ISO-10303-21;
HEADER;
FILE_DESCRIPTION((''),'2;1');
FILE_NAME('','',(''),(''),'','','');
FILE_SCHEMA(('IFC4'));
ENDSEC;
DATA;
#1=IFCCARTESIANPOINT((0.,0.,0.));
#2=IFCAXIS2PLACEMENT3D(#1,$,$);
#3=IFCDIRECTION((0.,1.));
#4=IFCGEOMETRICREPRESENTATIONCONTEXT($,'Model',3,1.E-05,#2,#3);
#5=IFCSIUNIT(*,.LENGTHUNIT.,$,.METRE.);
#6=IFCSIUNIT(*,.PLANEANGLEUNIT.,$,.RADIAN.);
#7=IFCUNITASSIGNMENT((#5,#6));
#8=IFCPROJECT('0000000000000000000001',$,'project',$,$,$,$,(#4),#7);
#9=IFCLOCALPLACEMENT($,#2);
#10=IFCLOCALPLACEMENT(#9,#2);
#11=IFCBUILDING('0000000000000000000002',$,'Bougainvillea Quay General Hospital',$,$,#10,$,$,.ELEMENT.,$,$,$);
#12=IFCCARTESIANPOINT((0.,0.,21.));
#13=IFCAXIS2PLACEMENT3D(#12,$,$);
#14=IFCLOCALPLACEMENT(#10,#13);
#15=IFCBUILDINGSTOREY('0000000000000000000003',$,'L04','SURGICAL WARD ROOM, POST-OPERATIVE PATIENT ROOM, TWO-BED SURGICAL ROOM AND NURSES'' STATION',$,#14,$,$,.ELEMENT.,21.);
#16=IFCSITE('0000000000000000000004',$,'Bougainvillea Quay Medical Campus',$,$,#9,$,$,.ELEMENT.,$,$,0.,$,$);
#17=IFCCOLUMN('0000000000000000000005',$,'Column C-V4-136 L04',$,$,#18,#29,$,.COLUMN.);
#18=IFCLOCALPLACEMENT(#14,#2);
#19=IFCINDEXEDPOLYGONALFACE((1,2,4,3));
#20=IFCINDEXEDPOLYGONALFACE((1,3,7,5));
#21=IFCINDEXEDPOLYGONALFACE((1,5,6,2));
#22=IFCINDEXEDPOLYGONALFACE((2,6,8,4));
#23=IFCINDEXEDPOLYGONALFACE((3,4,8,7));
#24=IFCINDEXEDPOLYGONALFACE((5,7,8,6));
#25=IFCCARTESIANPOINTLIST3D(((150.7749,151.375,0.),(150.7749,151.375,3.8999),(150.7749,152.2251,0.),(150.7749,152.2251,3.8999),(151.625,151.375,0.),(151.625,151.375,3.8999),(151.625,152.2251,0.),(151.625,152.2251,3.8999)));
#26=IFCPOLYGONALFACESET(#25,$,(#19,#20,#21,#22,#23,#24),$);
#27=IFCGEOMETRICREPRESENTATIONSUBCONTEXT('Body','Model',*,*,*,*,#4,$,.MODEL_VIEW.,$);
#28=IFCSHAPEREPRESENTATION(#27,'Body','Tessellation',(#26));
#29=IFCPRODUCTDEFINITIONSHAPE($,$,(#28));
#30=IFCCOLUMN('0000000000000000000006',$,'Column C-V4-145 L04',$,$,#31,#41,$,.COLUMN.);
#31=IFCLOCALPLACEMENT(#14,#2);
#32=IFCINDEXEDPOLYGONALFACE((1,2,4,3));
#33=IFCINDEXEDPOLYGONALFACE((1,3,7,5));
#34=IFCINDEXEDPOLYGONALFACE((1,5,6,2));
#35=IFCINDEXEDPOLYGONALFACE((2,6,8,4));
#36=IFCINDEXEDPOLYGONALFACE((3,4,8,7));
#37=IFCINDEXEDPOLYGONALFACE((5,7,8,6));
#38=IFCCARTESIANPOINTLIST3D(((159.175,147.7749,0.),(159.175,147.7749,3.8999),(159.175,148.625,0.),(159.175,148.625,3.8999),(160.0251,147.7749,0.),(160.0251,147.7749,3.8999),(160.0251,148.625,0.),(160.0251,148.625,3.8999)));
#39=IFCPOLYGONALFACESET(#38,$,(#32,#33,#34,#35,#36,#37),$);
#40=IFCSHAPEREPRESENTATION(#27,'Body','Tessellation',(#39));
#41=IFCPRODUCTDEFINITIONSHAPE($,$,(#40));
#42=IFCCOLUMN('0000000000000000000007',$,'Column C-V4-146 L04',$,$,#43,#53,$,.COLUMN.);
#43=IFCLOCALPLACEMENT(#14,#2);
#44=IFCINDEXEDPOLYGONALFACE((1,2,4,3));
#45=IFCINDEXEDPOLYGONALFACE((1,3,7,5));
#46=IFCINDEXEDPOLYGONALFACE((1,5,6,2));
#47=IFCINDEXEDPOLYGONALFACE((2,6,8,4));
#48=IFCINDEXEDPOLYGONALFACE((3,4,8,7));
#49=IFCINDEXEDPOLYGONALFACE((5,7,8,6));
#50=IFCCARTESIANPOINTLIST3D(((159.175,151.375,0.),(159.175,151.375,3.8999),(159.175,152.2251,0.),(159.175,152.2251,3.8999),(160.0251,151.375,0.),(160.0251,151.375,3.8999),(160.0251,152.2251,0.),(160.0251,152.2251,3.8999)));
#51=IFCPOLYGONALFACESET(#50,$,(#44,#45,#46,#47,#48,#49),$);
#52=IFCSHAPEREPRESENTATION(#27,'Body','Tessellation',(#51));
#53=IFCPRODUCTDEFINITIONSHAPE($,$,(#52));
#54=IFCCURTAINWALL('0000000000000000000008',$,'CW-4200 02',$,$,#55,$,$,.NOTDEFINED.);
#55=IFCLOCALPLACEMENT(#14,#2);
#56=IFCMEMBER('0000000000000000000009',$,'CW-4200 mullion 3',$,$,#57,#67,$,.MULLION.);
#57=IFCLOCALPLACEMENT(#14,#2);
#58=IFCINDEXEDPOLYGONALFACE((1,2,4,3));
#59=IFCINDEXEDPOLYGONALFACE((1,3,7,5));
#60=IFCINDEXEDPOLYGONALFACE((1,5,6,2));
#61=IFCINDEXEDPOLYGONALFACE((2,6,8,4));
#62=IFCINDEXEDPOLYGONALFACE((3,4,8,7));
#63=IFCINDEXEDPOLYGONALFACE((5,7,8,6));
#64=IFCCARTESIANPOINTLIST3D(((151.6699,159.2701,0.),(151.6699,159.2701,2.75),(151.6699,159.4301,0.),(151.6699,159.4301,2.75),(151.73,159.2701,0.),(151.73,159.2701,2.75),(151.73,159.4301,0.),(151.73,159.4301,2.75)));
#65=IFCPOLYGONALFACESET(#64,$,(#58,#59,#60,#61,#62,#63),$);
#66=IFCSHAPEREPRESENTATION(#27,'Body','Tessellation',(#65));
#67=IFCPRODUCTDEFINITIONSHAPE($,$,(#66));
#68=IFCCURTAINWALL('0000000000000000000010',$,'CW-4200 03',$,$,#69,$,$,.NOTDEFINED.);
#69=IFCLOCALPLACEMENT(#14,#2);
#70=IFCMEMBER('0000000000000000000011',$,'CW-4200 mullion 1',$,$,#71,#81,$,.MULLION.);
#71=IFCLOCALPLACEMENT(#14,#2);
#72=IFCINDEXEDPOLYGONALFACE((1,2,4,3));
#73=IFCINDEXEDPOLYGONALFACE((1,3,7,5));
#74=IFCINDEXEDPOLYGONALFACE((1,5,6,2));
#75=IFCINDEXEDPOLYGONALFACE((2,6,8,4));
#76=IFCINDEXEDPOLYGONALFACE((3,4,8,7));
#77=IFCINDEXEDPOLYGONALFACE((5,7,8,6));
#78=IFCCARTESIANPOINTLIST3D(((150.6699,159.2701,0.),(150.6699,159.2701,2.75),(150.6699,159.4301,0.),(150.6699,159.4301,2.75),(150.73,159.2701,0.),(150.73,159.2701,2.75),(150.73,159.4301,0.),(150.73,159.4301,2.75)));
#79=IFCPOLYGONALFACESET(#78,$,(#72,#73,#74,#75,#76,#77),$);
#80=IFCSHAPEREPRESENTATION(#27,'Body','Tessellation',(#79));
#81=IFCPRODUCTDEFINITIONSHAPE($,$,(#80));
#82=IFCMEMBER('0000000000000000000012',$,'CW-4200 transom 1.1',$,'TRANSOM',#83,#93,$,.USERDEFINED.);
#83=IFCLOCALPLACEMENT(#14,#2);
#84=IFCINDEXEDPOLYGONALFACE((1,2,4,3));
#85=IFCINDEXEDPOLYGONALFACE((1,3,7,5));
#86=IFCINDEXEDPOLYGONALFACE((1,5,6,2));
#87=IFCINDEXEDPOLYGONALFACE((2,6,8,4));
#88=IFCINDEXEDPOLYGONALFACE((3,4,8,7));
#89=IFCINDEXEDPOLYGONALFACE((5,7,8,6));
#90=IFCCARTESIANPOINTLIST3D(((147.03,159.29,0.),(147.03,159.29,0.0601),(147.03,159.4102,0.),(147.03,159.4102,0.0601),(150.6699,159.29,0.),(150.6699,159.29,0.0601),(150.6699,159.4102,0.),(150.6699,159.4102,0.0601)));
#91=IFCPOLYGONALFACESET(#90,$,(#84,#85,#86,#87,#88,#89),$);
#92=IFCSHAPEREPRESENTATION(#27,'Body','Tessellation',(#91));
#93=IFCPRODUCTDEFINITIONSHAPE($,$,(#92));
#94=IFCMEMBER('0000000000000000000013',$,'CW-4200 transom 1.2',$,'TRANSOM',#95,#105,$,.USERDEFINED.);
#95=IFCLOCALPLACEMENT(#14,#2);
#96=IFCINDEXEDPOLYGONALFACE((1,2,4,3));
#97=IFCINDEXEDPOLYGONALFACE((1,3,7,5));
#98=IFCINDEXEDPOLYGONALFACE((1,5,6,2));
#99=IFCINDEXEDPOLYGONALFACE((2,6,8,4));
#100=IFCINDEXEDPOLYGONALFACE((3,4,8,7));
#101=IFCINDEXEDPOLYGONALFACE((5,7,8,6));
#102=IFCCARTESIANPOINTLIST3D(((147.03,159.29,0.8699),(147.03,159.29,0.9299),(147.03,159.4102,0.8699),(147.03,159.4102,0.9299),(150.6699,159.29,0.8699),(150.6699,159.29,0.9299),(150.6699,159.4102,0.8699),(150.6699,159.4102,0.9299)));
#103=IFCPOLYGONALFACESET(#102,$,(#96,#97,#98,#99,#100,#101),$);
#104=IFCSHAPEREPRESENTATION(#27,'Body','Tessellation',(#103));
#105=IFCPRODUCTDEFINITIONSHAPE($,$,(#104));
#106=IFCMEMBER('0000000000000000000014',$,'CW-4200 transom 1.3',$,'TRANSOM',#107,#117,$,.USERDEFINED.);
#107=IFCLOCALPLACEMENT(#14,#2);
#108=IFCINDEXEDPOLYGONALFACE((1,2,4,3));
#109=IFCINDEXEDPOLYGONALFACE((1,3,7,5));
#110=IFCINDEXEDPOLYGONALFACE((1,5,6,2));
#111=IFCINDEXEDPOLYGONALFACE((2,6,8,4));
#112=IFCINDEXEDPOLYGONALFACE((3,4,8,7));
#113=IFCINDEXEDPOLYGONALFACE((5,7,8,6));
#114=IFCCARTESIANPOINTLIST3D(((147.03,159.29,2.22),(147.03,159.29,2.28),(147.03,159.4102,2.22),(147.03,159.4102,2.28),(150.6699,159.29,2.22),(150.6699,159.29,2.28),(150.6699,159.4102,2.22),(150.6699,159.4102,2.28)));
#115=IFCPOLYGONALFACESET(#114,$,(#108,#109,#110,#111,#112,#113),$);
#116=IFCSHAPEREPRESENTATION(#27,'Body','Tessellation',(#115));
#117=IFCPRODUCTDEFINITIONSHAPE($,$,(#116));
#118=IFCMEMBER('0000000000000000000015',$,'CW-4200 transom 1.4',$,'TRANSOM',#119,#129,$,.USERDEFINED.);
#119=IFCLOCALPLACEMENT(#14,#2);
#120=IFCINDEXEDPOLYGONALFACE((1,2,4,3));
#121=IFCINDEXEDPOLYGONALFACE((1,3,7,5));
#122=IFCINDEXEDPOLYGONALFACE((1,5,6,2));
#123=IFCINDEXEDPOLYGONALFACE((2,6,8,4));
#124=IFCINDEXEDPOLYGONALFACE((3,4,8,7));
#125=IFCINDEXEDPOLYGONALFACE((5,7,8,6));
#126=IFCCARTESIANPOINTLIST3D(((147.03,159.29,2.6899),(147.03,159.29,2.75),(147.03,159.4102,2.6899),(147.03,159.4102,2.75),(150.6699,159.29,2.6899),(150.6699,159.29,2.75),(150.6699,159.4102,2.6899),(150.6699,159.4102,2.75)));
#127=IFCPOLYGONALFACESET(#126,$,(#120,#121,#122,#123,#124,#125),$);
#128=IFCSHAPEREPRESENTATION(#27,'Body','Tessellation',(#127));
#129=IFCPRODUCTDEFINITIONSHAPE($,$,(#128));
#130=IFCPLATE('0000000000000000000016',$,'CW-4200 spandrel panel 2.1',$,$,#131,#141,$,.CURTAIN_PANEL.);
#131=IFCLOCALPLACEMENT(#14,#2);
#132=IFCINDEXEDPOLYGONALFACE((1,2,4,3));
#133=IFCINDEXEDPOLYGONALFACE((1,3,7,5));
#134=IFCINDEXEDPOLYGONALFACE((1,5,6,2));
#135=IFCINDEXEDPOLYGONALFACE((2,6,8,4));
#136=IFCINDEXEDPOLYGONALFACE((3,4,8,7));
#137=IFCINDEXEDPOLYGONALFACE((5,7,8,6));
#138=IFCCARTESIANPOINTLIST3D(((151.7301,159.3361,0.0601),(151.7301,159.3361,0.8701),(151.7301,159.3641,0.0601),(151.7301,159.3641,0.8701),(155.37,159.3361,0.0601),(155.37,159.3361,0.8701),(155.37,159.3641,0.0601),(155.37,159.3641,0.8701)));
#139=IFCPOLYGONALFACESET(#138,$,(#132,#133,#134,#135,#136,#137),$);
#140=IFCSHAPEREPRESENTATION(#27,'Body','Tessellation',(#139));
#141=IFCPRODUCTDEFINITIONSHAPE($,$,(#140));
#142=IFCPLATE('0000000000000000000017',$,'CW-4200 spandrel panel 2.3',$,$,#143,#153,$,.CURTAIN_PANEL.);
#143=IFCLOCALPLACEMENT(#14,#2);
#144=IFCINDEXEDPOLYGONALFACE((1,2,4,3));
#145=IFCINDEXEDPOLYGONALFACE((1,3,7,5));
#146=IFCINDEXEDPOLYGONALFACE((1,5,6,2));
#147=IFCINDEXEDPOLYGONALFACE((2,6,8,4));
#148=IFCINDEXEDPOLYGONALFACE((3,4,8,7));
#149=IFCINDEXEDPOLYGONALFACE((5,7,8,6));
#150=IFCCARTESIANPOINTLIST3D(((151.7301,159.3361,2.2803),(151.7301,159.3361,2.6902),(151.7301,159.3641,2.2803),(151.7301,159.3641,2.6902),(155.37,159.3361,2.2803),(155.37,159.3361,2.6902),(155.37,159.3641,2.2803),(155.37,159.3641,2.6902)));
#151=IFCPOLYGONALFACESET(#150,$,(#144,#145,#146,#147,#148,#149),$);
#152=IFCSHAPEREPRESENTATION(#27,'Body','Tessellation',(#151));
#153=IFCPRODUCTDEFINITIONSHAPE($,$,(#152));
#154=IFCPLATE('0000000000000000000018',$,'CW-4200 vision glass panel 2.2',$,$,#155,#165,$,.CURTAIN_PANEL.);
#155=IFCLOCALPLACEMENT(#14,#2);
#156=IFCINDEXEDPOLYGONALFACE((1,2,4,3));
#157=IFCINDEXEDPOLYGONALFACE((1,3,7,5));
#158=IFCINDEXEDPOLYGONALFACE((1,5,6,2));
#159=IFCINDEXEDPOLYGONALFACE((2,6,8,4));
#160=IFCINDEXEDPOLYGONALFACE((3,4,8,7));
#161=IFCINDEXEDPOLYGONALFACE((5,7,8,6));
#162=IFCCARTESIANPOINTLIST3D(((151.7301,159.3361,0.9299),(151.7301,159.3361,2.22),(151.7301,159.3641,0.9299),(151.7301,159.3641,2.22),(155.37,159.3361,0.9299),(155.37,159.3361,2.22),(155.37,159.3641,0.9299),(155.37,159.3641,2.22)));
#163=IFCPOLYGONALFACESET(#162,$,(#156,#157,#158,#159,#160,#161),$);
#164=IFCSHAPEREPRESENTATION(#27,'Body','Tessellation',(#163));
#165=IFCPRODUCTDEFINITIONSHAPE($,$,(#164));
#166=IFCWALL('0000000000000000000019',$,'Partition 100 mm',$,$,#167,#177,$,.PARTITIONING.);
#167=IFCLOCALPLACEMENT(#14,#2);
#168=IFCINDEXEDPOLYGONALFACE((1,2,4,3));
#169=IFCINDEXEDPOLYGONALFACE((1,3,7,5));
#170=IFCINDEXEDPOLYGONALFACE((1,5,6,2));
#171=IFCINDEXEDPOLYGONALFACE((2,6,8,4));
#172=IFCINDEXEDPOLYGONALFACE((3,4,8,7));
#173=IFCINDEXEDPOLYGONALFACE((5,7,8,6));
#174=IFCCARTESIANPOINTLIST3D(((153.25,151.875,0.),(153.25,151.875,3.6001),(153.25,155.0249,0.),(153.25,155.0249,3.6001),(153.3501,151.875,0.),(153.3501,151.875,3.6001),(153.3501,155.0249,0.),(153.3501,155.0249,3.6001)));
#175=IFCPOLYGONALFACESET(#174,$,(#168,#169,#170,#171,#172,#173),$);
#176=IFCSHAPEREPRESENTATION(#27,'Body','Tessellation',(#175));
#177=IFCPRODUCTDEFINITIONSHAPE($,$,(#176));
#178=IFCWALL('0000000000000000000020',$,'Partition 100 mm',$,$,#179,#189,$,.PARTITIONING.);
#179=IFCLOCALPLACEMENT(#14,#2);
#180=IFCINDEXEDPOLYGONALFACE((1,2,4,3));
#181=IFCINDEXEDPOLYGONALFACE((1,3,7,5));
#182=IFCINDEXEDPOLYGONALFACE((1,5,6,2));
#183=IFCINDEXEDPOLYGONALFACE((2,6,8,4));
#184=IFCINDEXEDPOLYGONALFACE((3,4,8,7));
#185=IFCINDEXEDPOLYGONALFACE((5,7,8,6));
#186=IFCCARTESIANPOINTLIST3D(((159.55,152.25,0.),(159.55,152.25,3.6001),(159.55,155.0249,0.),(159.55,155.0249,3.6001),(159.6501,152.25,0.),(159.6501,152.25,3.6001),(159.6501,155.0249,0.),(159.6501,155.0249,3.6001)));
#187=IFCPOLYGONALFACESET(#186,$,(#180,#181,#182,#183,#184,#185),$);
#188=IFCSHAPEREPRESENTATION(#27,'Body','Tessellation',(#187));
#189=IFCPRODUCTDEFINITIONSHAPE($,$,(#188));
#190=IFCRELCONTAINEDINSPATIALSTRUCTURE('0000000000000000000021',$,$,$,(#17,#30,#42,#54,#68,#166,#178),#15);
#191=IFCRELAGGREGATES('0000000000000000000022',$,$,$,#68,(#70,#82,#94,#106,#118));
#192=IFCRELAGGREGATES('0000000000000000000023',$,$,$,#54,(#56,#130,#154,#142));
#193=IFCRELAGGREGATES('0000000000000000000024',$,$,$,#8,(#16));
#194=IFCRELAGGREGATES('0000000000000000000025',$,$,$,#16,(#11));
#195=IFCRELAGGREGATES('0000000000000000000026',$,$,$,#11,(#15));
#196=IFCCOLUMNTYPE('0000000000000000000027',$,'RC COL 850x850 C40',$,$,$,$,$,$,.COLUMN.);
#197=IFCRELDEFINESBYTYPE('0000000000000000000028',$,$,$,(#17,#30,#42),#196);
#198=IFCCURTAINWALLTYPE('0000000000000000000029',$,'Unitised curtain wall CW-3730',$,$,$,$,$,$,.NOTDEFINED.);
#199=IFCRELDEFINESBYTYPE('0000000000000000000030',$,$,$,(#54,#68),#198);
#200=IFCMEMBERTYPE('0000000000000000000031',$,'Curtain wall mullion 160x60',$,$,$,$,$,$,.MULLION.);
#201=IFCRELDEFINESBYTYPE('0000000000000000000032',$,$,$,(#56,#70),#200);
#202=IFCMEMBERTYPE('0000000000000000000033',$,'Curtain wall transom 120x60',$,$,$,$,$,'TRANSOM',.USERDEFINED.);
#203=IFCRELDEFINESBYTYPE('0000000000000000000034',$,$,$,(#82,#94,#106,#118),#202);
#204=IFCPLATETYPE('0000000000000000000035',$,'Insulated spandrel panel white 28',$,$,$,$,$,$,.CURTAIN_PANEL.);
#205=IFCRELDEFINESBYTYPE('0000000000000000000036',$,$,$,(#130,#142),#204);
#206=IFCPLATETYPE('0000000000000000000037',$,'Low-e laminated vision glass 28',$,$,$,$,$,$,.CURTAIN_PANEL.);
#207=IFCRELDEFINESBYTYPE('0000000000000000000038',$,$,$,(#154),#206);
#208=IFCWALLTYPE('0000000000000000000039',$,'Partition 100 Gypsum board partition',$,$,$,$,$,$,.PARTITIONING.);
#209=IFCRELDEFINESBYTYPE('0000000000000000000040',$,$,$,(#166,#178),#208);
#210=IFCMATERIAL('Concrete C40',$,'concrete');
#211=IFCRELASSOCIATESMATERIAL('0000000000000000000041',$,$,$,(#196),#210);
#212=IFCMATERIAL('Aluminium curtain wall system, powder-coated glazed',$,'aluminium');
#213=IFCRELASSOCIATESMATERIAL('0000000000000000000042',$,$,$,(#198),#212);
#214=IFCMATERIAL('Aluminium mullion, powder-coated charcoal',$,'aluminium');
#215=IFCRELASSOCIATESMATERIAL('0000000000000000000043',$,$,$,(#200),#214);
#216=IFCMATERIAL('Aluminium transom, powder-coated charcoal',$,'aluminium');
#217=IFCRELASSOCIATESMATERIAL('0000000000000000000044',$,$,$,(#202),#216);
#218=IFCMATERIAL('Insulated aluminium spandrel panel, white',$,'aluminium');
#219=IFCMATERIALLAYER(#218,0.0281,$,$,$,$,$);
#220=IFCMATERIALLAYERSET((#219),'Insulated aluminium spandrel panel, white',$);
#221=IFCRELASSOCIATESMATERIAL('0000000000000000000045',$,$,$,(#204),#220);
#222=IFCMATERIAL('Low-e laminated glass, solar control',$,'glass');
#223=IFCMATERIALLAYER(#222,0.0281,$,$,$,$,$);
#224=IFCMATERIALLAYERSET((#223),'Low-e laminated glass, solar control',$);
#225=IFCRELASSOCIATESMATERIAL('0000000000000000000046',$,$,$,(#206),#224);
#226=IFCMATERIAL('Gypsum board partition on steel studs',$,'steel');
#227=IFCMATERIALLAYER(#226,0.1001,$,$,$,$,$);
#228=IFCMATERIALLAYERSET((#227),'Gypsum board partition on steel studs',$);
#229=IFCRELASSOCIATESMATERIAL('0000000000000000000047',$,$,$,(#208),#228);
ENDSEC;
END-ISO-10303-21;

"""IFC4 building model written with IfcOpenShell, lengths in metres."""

from ifc_helpers import new_model, si_unit, direction, frame, frame_2d, origin, origin_2d, place, context, subcontext, project, spatial, rectangle, extrude, material, layer, layer_set, material_profile, profile_set, type_object, element, aggregate, save


model = new_model("IFC4")

# Units and contexts
model_context = context("Model", 3, precision=1e-05, world=origin(), true_north=direction((0.0, 1.0)))
body_context = subcontext(model_context, "Body", "Model", "MODEL_VIEW")
ifc_project = project(units=[si_unit("LENGTHUNIT", "METRE"), si_unit("PLANEANGLEUNIT", "RADIAN")], contexts=[model_context])

# Site, building, storey
site_placement = place(None, origin())
site = spatial("IfcSite", under=ifc_project, at=site_placement, Name="Bougainvillea Quay Medical Campus", CompositionType="ELEMENT", RefElevation=0.0)
building_placement = place(site_placement, origin())
building = spatial("IfcBuilding", under=site, at=building_placement, Name="Bougainvillea Quay General Hospital", CompositionType="ELEMENT")
storey_placement = place(building_placement, frame((0.0, 0.0, 21.0)))
storey = spatial("IfcBuildingStorey", under=building, at=storey_placement, Name="L04", Description="SURGICAL WARD ROOM, POST-OPERATIVE PATIENT ROOM, TWO-BED SURGICAL ROOM AND NURSES' STATION", CompositionType="ELEMENT", Elevation=21.0)

# Columns
ifc_material_1 = material(Name="Concrete C40", Category="concrete")
ifc_material_profile_1 = material_profile(ifc_material_1, rectangle(XDim=0.8501, YDim=0.8501, at=origin_2d()))
ifc_profile_set_1 = profile_set([ifc_material_profile_1], Name="Concrete C40")
column_type = type_object("IfcColumnType", Name="RC COL 850x850 C40", PredefinedType="COLUMN", material=ifc_profile_set_1)
for number, where, z_axis, x_axis, name in (
    (1, (151.2, 151.8, 0.0), (0.0, 0.0, 1.0), (1.0, 0.0, 0.0), "Column C-V4-136 L04"),
    (2, (159.6001, 148.2, 0.0), (0.0, 0.0, 1.0), (1.0, 0.0, 0.0), "Column C-V4-145 L04"),
    (3, (159.6001, 151.8, 0.0), (0.0, 0.0, 1.0), (1.0, 0.0, 0.0), "Column C-V4-146 L04"),
):
    element("IfcColumn", number, at=place(storey_placement, frame(where, z_axis=z_axis, x_axis=x_axis)), inside=storey, type_object=column_type, Name=name, PredefinedType="COLUMN", context=body_context, shape_type="SweptSolid", body=[
        extrude(rectangle(XDim=0.8501, YDim=0.8501, at=origin_2d()), origin(), (0.0, 0.0, 1.0), 3.8999),
    ])

# Curtain wall, member
ifc_material_2 = material(Name="Aluminium curtain wall system, powder-coated glazed", Category="aluminium")
curtain_wall_type = type_object("IfcCurtainWallType", Name="Unitised curtain wall CW-3730", PredefinedType="NOTDEFINED", material=ifc_material_2)
curtain_wall_1_placement = place(storey_placement, origin())
curtain_wall_1 = element("IfcCurtainWall", 4, at=curtain_wall_1_placement, inside=storey, type_object=curtain_wall_type, Name="CW-4200 02", PredefinedType="NOTDEFINED")
ifc_material_3 = material(Name="Aluminium mullion, powder-coated charcoal", Category="aluminium")
ifc_material_profile_2 = material_profile(ifc_material_3, rectangle(XDim=0.1599, YDim=0.0601, at=origin_2d()))
ifc_profile_set_2 = profile_set([ifc_material_profile_2], Name="Aluminium mullion, powder-coated charcoal")
member_type_1 = type_object("IfcMemberType", Name="Curtain wall mullion 160x60", PredefinedType="MULLION", material=ifc_profile_set_2)
member_1_placement = place(storey_placement, frame((151.7, 159.3501, 0.0), z_axis=(0.0, 0.0, 1.0), x_axis=(0.0, -1.0, 0.0)))
member_1 = element("IfcMember", 5, at=member_1_placement, type_object=member_type_1, Name="CW-4200 mullion 3", PredefinedType="MULLION", context=body_context, shape_type="SweptSolid", body=[
    extrude(rectangle(XDim=0.1599, YDim=0.0601, at=origin_2d()), origin(), (0.0, 0.0, 1.0), 2.75),
])

# Curtain wall, members
curtain_wall_2_placement = place(storey_placement, origin())
curtain_wall_2 = element("IfcCurtainWall", 6, at=curtain_wall_2_placement, inside=storey, type_object=curtain_wall_type, Name="CW-4200 03", PredefinedType="NOTDEFINED")
member_2_placement = place(storey_placement, frame((150.7, 159.3501, 0.0), z_axis=(0.0, 0.0, 1.0), x_axis=(0.0, -1.0, 0.0)))
member_2 = element("IfcMember", 7, at=member_2_placement, type_object=member_type_1, Name="CW-4200 mullion 1", PredefinedType="MULLION", context=body_context, shape_type="SweptSolid", body=[
    extrude(rectangle(XDim=0.1599, YDim=0.0601, at=origin_2d()), origin(), (0.0, 0.0, 1.0), 2.75),
])
ifc_material_4 = material(Name="Aluminium transom, powder-coated charcoal", Category="aluminium")
ifc_material_profile_3 = material_profile(ifc_material_4, rectangle(XDim=0.1201, YDim=0.0601, at=origin_2d()))
ifc_profile_set_3 = profile_set([ifc_material_profile_3], Name="Aluminium transom, powder-coated charcoal")
member_type_2 = type_object("IfcMemberType", Name="Curtain wall transom 120x60", ElementType="TRANSOM", PredefinedType="USERDEFINED", material=ifc_profile_set_3)
member_3_placement = place(storey_placement, frame((150.6699, 159.3501, 0.03), z_axis=(-1.0, 0.0, 0.0), x_axis=(0.0, -1.0, 0.0)))
member_3 = element("IfcMember", 8, at=member_3_placement, type_object=member_type_2, Name="CW-4200 transom 1.1", ObjectType="TRANSOM", PredefinedType="USERDEFINED", context=body_context, shape_type="SweptSolid", body=[
    extrude(rectangle(XDim=0.1201, YDim=0.0601, at=origin_2d()), origin(), (0.0, 0.0, 1.0), 3.6399),
])
member_4_placement = place(storey_placement, frame((150.6699, 159.3501, 0.8999), z_axis=(-1.0, 0.0, 0.0), x_axis=(0.0, -1.0, 0.0)))
member_4 = element("IfcMember", 9, at=member_4_placement, type_object=member_type_2, Name="CW-4200 transom 1.2", ObjectType="TRANSOM", PredefinedType="USERDEFINED", context=body_context, shape_type="SweptSolid", body=[
    extrude(rectangle(XDim=0.1201, YDim=0.0601, at=origin_2d()), origin(), (0.0, 0.0, 1.0), 3.6399),
])
member_5_placement = place(storey_placement, frame((150.6699, 159.3501, 2.25), z_axis=(-1.0, 0.0, 0.0), x_axis=(0.0, -1.0, 0.0)))
member_5 = element("IfcMember", 10, at=member_5_placement, type_object=member_type_2, Name="CW-4200 transom 1.3", ObjectType="TRANSOM", PredefinedType="USERDEFINED", context=body_context, shape_type="SweptSolid", body=[
    extrude(rectangle(XDim=0.1201, YDim=0.0601, at=origin_2d()), origin(), (0.0, 0.0, 1.0), 3.6399),
])
member_6_placement = place(storey_placement, frame((150.6699, 159.3501, 2.72), z_axis=(-1.0, 0.0, 0.0), x_axis=(0.0, -1.0, 0.0)))
member_6 = element("IfcMember", 11, at=member_6_placement, type_object=member_type_2, Name="CW-4200 transom 1.4", ObjectType="TRANSOM", PredefinedType="USERDEFINED", context=body_context, shape_type="SweptSolid", body=[
    extrude(rectangle(XDim=0.1201, YDim=0.0601, at=origin_2d()), origin(), (0.0, 0.0, 1.0), 3.6399),
])
aggregate(curtain_wall_2, [member_2, member_3, member_4, member_5, member_6])

# Plates
ifc_material_5 = material(Name="Insulated aluminium spandrel panel, white", Category="aluminium")
ifc_layer_1 = layer(ifc_material_5, 0.0281)
ifc_layer_set_1 = layer_set([ifc_layer_1], Name="Insulated aluminium spandrel panel, white")
plate_type_1 = type_object("IfcPlateType", Name="Insulated spandrel panel white 28", PredefinedType="CURTAIN_PANEL", material=ifc_layer_set_1)
plate_1_placement = place(storey_placement, frame((153.55, 159.3501, 0.0601), z_axis=(0.0, 0.0, 1.0), x_axis=(-1.0, 0.0, 0.0)))
plate_1 = element("IfcPlate", 12, at=plate_1_placement, type_object=plate_type_1, Name="CW-4200 spandrel panel 2.1", PredefinedType="CURTAIN_PANEL", context=body_context, shape_type="SweptSolid", body=[
    extrude(rectangle(XDim=3.6399, YDim=0.0281, at=origin_2d()), origin(), (0.0, 0.0, 1.0), 0.8101),
])
plate_2_placement = place(storey_placement, frame((153.55, 159.3501, 2.2803), z_axis=(0.0, 0.0, 1.0), x_axis=(-1.0, 0.0, 0.0)))
plate_2 = element("IfcPlate", 13, at=plate_2_placement, type_object=plate_type_1, Name="CW-4200 spandrel panel 2.3", PredefinedType="CURTAIN_PANEL", context=body_context, shape_type="SweptSolid", body=[
    extrude(rectangle(XDim=3.6399, YDim=0.0281, at=origin_2d()), origin(), (0.0, 0.0, 1.0), 0.4099),
])
ifc_material_6 = material(Name="Low-e laminated glass, solar control", Category="glass")
ifc_layer_2 = layer(ifc_material_6, 0.0281)
ifc_layer_set_2 = layer_set([ifc_layer_2], Name="Low-e laminated glass, solar control")
plate_type_2 = type_object("IfcPlateType", Name="Low-e laminated vision glass 28", PredefinedType="CURTAIN_PANEL", material=ifc_layer_set_2)
plate_3_placement = place(storey_placement, frame((153.55, 159.3501, 0.9299), z_axis=(0.0, 0.0, 1.0), x_axis=(-1.0, 0.0, 0.0)))
plate_3 = element("IfcPlate", 14, at=plate_3_placement, type_object=plate_type_2, Name="CW-4200 vision glass panel 2.2", PredefinedType="CURTAIN_PANEL", context=body_context, shape_type="SweptSolid", body=[
    extrude(rectangle(XDim=3.6399, YDim=0.0281, at=origin_2d()), origin(), (0.0, 0.0, 1.0), 1.29),
])
aggregate(curtain_wall_1, [member_1, plate_1, plate_3, plate_2])

# Walls
ifc_material_7 = material(Name="Gypsum board partition on steel studs", Category="steel")
ifc_layer_3 = layer(ifc_material_7, 0.1001)
ifc_layer_set_3 = layer_set([ifc_layer_3], Name="Gypsum board partition on steel studs")
wall_type_1 = type_object("IfcWallType", Name="Partition 100 Gypsum board partition", PredefinedType="PARTITIONING", material=ifc_layer_set_3)
wall_1_placement = place(storey_placement, frame((153.3, 151.875, 0.0), z_axis=(0.0, 0.0, 1.0), x_axis=(0.0, 1.0, 0.0)))
element("IfcWall", 15, at=wall_1_placement, inside=storey, type_object=wall_type_1, Name="Partition 100 mm", PredefinedType="PARTITIONING", context=body_context, shape_type="SweptSolid", body=[
    extrude(rectangle(XDim=3.1499, YDim=0.1001, at=frame_2d((1.575, 0.0))), origin(), (0.0, 0.0, 1.0), 3.6001),
])
wall_2_placement = place(storey_placement, frame((159.6001, 152.25, 0.0), z_axis=(0.0, 0.0, 1.0), x_axis=(0.0, 1.0, 0.0)))
element("IfcWall", 16, at=wall_2_placement, inside=storey, type_object=wall_type_1, Name="Partition 100 mm", PredefinedType="PARTITIONING", context=body_context, shape_type="SweptSolid", body=[
    extrude(rectangle(XDim=2.7749, YDim=0.1001, at=frame_2d((1.3875, 0.0))), origin(), (0.0, 0.0, 1.0), 3.6001),
])

save(model, "model.ifc")
